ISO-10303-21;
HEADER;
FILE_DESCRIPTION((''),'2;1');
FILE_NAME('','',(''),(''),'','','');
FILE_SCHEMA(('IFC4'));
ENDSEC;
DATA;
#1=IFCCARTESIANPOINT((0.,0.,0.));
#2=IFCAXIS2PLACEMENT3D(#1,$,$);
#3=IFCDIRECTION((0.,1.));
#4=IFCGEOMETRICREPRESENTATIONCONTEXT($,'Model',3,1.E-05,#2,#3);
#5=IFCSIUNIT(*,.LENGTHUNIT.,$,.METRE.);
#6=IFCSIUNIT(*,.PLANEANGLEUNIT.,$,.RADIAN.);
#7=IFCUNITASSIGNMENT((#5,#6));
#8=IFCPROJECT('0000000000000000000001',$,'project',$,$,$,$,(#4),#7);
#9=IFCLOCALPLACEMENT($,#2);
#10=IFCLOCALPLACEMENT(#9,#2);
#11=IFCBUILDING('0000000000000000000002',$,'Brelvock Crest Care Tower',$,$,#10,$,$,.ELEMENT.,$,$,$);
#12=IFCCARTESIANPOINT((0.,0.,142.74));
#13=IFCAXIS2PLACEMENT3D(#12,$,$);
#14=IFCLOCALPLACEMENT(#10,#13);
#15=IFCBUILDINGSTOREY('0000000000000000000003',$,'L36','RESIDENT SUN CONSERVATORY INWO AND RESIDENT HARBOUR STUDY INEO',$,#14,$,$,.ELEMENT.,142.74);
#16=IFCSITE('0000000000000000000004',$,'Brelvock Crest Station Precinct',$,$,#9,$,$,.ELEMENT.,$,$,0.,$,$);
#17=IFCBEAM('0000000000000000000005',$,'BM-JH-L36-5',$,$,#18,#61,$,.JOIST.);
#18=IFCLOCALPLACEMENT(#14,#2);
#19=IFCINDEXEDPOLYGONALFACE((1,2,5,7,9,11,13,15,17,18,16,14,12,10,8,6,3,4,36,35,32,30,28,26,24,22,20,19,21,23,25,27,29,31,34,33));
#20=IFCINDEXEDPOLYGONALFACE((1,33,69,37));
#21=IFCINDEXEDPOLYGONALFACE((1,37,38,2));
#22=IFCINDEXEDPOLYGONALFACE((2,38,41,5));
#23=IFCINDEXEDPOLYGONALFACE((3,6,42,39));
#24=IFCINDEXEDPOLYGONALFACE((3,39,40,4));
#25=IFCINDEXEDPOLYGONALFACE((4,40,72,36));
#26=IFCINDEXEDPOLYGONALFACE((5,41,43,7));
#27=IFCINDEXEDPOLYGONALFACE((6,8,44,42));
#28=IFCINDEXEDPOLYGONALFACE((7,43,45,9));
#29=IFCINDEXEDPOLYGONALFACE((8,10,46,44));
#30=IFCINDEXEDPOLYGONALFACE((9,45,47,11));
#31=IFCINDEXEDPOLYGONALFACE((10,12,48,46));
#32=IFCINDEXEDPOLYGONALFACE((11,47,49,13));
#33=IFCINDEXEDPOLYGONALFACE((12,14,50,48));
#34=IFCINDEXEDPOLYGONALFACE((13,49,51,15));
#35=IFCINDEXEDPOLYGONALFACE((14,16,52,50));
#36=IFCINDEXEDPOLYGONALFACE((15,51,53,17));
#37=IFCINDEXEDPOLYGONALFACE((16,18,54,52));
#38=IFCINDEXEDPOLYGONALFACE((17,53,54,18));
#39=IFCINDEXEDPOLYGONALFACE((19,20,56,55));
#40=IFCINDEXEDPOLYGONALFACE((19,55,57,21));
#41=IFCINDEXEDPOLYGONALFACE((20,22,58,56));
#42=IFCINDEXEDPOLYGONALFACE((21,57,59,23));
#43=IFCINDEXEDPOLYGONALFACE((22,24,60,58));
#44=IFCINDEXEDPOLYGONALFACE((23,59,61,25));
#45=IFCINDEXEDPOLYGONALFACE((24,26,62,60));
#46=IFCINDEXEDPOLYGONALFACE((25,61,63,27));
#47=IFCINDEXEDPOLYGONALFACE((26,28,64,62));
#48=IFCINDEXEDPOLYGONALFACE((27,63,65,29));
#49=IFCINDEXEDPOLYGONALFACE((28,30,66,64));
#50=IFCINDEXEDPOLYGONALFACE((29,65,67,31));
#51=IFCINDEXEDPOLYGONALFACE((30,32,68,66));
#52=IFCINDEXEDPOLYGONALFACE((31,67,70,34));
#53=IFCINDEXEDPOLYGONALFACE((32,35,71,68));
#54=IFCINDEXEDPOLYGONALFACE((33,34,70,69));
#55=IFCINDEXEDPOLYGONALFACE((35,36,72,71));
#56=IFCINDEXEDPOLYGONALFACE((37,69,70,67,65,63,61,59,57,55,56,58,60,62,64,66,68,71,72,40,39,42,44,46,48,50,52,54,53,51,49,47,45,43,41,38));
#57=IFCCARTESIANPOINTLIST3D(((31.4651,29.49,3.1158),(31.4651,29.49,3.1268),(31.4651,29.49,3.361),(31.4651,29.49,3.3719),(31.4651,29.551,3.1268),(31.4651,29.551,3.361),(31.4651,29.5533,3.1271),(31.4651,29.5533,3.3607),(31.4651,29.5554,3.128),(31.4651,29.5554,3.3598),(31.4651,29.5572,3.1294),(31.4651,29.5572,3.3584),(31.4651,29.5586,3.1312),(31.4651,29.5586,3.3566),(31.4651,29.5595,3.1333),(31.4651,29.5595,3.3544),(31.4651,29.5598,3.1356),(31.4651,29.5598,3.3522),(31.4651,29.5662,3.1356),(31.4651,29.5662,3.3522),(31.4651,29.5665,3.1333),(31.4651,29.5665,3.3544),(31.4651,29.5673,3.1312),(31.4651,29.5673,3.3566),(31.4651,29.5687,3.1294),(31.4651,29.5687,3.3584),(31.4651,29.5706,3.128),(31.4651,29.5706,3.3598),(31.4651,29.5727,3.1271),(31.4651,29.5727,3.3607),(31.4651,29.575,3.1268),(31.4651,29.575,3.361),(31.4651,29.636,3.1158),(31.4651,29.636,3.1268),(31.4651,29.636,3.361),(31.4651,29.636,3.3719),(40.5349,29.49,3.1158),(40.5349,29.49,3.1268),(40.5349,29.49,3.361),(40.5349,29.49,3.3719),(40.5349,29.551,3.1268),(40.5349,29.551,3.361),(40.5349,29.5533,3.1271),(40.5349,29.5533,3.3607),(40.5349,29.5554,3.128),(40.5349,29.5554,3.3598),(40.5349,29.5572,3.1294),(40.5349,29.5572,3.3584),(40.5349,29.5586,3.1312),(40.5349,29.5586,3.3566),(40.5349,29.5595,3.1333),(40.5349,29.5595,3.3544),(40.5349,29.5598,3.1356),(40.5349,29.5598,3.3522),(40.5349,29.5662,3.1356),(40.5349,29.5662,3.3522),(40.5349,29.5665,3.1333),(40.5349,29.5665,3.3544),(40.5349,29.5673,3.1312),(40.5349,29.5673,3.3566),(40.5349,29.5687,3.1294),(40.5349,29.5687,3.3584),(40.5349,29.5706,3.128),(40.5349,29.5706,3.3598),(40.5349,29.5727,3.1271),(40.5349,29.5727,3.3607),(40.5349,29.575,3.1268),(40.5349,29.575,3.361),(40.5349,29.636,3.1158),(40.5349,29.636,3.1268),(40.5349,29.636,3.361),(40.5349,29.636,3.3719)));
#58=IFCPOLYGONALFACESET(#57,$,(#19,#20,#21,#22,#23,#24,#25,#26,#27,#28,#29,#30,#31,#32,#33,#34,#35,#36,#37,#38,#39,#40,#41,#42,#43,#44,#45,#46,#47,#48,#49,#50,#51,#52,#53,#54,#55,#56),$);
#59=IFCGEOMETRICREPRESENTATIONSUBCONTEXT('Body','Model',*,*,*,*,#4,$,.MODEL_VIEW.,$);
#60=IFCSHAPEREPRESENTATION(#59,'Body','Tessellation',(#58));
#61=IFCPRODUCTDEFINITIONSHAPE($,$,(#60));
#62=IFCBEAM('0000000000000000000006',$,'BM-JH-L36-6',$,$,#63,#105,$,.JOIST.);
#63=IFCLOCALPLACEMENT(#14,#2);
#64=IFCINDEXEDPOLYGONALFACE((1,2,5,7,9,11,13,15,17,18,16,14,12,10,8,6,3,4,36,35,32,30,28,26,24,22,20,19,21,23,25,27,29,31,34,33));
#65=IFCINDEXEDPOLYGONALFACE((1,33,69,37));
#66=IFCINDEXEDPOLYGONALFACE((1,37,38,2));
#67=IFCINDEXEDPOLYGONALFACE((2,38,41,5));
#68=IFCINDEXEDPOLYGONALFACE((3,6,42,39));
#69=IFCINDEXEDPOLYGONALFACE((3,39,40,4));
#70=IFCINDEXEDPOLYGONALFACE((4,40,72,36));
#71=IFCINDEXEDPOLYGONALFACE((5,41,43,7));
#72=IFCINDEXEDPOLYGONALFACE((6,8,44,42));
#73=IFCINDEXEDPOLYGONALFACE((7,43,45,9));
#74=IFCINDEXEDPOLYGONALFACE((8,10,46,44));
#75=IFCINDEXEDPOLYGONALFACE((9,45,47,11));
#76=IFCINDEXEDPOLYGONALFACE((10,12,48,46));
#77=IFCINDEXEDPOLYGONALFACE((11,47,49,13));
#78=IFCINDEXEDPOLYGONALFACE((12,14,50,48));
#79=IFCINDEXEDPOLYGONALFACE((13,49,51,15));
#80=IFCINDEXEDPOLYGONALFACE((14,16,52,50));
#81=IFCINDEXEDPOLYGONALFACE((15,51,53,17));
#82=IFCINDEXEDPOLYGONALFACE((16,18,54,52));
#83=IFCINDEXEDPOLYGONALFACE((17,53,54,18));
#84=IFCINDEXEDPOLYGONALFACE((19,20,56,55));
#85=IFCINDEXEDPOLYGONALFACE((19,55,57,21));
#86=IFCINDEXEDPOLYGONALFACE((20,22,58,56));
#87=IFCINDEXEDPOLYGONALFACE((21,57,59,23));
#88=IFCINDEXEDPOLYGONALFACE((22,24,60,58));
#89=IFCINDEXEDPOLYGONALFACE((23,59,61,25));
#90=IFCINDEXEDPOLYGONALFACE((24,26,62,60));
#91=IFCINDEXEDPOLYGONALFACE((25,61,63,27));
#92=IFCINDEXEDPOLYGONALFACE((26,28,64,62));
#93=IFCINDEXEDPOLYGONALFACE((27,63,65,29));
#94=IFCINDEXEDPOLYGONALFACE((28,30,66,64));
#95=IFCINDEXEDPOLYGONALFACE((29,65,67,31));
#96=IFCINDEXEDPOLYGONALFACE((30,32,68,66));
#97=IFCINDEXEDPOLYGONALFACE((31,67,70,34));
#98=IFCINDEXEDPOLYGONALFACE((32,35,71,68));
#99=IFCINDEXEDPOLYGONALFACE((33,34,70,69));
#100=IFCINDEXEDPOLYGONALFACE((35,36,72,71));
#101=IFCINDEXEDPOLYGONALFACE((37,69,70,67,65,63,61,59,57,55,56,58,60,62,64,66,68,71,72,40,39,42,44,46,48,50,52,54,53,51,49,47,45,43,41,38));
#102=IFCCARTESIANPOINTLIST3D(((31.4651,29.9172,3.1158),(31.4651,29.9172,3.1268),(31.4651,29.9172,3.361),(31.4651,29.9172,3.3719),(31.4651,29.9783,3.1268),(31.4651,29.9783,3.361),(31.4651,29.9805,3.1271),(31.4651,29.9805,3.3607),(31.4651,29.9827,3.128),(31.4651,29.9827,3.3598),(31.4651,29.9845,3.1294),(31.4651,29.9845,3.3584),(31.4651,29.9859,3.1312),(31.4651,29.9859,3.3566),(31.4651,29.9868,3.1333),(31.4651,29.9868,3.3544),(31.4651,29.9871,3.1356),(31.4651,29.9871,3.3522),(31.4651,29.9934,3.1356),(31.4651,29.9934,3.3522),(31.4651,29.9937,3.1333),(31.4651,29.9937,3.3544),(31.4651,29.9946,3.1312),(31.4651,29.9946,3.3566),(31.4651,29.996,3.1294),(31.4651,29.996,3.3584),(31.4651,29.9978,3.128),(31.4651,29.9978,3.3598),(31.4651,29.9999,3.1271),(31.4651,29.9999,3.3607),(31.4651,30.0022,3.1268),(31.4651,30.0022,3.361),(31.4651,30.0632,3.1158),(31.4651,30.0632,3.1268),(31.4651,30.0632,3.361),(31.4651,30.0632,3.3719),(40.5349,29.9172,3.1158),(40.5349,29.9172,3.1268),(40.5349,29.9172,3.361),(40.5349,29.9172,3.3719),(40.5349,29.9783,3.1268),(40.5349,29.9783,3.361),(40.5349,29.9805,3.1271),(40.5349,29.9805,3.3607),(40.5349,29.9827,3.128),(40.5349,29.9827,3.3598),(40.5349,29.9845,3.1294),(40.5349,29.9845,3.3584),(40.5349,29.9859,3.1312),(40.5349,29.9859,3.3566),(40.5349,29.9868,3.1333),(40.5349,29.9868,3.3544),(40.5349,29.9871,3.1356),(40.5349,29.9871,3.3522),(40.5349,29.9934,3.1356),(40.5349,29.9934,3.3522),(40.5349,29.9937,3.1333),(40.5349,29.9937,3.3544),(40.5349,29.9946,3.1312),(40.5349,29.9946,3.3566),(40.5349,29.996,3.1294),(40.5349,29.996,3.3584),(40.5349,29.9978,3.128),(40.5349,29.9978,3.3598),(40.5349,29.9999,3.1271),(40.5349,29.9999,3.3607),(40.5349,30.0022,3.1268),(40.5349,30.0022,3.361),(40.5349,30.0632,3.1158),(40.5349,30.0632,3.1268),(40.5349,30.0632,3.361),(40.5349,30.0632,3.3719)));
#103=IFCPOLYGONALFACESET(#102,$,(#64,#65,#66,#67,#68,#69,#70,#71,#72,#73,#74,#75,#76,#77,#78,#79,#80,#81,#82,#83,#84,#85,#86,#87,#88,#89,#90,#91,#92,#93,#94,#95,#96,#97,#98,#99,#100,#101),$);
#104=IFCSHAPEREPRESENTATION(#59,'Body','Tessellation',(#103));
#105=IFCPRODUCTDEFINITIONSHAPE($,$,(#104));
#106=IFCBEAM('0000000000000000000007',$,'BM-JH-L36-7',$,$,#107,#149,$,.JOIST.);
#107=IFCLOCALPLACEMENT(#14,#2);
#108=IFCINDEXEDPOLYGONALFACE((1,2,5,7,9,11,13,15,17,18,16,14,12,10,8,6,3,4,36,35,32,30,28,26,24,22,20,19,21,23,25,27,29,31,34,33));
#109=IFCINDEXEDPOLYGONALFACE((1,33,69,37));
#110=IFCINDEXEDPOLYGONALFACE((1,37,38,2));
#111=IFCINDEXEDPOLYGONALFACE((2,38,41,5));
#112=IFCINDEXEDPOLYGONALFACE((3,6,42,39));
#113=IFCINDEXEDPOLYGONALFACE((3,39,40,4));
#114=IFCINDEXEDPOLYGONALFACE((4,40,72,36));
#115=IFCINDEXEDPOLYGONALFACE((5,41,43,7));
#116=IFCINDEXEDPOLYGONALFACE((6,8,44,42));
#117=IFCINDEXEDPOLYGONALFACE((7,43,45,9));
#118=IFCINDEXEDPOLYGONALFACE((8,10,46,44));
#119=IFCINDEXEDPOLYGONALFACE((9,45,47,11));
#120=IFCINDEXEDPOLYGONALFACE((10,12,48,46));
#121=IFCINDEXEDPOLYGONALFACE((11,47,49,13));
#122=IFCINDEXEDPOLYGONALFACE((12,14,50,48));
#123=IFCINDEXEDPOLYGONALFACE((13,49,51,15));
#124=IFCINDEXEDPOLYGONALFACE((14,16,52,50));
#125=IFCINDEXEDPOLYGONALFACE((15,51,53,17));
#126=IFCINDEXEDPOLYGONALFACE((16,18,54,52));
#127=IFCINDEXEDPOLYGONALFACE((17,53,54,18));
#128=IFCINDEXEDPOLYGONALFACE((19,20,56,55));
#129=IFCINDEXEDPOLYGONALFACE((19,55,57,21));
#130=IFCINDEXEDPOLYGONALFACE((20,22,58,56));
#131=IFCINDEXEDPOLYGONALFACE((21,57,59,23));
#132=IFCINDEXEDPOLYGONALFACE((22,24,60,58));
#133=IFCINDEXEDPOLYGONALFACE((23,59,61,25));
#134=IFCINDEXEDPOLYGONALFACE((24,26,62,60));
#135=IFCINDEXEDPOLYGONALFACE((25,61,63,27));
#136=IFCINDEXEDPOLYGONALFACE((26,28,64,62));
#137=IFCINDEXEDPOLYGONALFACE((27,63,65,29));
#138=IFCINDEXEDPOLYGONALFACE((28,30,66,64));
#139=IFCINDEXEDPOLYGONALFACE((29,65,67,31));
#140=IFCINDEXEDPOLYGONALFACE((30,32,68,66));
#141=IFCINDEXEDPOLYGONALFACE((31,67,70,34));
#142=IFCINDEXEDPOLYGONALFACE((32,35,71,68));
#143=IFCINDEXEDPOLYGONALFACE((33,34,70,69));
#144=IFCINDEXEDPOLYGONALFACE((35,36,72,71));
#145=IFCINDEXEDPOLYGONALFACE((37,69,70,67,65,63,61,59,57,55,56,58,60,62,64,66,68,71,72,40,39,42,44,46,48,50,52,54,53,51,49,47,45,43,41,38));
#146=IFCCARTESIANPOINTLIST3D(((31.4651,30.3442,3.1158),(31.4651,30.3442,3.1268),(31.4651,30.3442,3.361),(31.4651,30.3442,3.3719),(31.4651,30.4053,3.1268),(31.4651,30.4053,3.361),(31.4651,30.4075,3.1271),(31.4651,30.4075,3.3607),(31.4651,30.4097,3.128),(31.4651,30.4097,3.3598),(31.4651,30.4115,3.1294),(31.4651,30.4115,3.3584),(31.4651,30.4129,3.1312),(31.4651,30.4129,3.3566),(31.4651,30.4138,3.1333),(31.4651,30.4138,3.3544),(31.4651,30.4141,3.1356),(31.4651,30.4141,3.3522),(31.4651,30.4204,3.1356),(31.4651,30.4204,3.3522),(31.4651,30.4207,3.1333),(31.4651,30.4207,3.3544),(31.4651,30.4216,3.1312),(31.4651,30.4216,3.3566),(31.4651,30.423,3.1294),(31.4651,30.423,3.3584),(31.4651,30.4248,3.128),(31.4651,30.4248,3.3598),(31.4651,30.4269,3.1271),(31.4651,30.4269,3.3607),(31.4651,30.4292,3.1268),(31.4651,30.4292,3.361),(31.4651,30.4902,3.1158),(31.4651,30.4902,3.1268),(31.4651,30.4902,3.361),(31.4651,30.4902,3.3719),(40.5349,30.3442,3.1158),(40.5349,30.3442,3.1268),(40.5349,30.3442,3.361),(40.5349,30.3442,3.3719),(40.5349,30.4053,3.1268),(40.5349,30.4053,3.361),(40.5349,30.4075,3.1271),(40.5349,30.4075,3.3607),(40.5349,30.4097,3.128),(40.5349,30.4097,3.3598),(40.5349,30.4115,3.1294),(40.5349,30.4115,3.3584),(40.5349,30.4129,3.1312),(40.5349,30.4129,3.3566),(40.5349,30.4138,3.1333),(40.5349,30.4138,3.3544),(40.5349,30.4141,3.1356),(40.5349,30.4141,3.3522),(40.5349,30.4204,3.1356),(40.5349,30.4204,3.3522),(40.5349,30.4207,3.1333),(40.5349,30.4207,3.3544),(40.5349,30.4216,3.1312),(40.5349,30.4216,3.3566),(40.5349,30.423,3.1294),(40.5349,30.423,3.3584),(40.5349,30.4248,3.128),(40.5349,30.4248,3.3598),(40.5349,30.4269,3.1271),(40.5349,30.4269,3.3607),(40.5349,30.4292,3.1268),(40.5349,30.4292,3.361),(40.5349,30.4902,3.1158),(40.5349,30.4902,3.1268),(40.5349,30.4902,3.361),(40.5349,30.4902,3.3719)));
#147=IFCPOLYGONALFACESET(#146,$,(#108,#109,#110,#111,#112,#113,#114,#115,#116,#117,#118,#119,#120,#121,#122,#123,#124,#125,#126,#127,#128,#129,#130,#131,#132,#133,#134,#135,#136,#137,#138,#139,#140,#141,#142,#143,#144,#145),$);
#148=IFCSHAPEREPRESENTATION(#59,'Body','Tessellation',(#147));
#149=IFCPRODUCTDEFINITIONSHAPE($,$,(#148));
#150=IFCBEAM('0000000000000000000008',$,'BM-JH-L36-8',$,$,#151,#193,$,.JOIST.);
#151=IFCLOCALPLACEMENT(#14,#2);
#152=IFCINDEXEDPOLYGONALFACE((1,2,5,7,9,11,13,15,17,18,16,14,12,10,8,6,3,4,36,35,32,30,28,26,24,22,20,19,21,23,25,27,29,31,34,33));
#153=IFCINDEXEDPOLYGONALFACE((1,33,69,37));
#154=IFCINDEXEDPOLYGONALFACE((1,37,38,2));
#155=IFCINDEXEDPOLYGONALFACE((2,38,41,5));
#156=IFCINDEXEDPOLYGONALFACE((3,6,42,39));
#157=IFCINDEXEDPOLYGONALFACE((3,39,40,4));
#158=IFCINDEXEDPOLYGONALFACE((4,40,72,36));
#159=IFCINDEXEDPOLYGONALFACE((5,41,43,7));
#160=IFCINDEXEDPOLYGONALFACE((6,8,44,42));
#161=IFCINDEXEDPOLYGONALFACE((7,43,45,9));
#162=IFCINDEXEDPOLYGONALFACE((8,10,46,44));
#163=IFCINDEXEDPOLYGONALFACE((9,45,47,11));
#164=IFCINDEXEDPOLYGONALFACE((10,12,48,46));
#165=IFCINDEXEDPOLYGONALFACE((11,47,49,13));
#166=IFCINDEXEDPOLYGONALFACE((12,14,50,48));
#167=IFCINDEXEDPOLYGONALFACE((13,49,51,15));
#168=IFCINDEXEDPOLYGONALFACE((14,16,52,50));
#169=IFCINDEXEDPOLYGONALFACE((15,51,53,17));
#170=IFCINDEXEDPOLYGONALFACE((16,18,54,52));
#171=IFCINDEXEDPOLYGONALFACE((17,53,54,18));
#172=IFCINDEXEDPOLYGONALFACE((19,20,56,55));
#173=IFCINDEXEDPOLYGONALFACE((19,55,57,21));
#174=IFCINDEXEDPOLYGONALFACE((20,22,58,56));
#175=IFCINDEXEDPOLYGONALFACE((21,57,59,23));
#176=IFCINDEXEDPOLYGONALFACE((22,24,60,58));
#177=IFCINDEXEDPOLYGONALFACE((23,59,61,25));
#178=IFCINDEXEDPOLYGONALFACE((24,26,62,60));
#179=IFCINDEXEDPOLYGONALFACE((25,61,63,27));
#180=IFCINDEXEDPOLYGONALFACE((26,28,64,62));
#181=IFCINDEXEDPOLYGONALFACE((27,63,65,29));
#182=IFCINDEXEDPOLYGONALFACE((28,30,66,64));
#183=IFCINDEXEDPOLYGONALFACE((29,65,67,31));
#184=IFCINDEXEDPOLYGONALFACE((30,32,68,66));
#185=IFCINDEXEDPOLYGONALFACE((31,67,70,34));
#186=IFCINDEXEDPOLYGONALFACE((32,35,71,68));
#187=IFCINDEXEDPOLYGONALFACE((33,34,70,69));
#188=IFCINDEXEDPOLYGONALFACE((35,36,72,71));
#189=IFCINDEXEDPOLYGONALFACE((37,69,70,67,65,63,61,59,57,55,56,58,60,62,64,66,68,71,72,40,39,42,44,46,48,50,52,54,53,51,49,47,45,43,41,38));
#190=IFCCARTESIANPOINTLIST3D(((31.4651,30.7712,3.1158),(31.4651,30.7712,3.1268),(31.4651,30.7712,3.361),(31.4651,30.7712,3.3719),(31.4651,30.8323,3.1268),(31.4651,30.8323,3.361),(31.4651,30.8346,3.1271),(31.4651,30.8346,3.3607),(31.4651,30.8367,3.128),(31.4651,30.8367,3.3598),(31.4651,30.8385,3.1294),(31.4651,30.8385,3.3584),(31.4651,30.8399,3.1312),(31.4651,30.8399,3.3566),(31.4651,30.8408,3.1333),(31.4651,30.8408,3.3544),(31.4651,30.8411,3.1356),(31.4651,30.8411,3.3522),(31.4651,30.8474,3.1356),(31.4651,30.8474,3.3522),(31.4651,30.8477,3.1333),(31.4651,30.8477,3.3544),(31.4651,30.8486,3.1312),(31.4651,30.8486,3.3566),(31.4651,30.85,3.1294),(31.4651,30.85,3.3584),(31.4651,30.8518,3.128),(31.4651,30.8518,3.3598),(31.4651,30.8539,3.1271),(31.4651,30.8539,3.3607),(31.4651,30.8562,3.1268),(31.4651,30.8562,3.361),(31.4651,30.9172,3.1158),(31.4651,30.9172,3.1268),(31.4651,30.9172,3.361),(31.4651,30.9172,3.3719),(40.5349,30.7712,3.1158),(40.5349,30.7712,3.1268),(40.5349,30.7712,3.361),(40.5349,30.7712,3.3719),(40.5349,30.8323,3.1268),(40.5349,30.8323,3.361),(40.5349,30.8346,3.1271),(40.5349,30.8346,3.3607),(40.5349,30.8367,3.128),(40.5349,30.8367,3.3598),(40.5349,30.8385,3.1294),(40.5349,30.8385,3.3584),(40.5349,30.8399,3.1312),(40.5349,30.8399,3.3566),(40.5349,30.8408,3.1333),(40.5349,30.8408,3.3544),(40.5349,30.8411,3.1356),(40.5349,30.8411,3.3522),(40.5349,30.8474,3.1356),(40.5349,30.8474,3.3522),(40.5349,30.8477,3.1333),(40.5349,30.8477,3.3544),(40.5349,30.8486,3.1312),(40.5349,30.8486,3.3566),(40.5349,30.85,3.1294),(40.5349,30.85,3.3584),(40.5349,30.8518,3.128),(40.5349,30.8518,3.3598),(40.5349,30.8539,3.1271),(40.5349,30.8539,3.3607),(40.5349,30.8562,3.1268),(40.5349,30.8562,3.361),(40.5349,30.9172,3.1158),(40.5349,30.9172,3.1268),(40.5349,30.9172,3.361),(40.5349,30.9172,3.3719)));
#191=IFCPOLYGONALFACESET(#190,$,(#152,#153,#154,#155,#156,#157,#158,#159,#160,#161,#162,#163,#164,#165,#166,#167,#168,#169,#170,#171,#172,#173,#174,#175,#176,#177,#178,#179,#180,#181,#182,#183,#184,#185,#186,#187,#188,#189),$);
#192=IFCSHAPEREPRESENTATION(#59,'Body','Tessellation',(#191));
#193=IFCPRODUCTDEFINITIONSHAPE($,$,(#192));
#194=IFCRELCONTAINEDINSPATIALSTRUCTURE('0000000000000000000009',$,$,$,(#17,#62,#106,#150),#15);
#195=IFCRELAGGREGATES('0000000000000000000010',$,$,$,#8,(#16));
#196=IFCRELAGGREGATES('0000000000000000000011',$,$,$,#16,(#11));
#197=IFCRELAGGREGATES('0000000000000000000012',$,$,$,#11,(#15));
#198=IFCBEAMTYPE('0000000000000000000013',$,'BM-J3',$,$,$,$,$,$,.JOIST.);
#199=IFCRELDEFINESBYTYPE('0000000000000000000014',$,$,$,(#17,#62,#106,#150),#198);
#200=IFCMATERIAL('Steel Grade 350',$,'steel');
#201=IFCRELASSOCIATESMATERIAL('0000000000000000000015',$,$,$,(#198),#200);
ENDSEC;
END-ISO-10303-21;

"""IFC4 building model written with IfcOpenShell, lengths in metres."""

from ifc_helpers import new_model, si_unit, direction, frame, origin, origin_2d, place, context, subcontext, project, spatial, i_section, extrude, source, transform, mapped, material, material_profile, profile_set, type_object, element, save


model = new_model("IFC4")

# Units and contexts
model_context = context("Model", 3, precision=1e-05, world=origin(), true_north=direction((0.0, 1.0)))
body_context = subcontext(model_context, "Body", "Model", "MODEL_VIEW")
ifc_project = project(units=[si_unit("LENGTHUNIT", "METRE"), si_unit("PLANEANGLEUNIT", "RADIAN")], contexts=[model_context])

# Site, building, storey
site_placement = place(None, origin())
site = spatial("IfcSite", under=ifc_project, at=site_placement, Name="Brelvock Crest Station Precinct", CompositionType="ELEMENT", RefElevation=0.0)
building_placement = place(site_placement, origin())
building = spatial("IfcBuilding", under=site, at=building_placement, Name="Brelvock Crest Care Tower", CompositionType="ELEMENT")
storey_placement = place(building_placement, frame((0.0, 0.0, 142.74)))
storey = spatial("IfcBuildingStorey", under=building, at=storey_placement, Name="L36", Description="RESIDENT SUN CONSERVATORY INWO AND RESIDENT HARBOUR STUDY INEO", CompositionType="ELEMENT", Elevation=142.74)

# Shared definitions
ifc_material_1 = material(Name="Steel Grade 350", Category="steel")

# Beams
ifc_material_profile_1 = material_profile(ifc_material_1, i_section(OverallWidth=0.146, OverallDepth=0.2561, WebThickness=0.0063, FlangeThickness=0.011, FilletRadius=0.0088, at=origin_2d()), Name="250UB37.3")
ifc_profile_set_1 = profile_set([ifc_material_profile_1], Name="Steel Grade 350")
beam_type_1 = type_object("IfcBeamType", Name="BM-J3", PredefinedType="JOIST", material=ifc_profile_set_1)
shared_shape_1 = source(origin(), body_context, "Body", "SweptSolid", [
    extrude(i_section(OverallWidth=0.146, OverallDepth=0.2561, WebThickness=0.0063, FlangeThickness=0.011, FilletRadius=0.0088, at=origin_2d()), origin(), (0.0, 0.0, 1.0), 9.0698),
])
for number, where, z_axis, x_axis, name in (
    (1, (31.4651, 29.563, 3.2439), (1.0, 0.0, 0.0), (0.0, 1.0, 0.0), "BM-JH-L36-5"),
    (2, (31.4651, 29.9902, 3.2439), (1.0, 0.0, 0.0), (0.0, 1.0, 0.0), "BM-JH-L36-6"),
    (3, (31.4651, 30.4172, 3.2439), (1.0, 0.0, 0.0), (0.0, 1.0, 0.0), "BM-JH-L36-7"),
    (4, (31.4651, 30.8442, 3.2439), (1.0, 0.0, 0.0), (0.0, 1.0, 0.0), "BM-JH-L36-8"),
):
    element("IfcBeam", number, at=place(storey_placement, frame(where, z_axis=z_axis, x_axis=x_axis)), inside=storey, type_object=beam_type_1, Name=name, PredefinedType="JOIST", context=body_context, shape_type="MappedRepresentation", body=[
        mapped(shared_shape_1, transform((0.0, 0.0, 0.0), x_axis=(1.0, 0.0, 0.0), y_axis=(0.0, 1.0, 0.0), z_axis=(0.0, 0.0, 1.0), scale=1.0)),
    ])

save(model, "model.ifc")
